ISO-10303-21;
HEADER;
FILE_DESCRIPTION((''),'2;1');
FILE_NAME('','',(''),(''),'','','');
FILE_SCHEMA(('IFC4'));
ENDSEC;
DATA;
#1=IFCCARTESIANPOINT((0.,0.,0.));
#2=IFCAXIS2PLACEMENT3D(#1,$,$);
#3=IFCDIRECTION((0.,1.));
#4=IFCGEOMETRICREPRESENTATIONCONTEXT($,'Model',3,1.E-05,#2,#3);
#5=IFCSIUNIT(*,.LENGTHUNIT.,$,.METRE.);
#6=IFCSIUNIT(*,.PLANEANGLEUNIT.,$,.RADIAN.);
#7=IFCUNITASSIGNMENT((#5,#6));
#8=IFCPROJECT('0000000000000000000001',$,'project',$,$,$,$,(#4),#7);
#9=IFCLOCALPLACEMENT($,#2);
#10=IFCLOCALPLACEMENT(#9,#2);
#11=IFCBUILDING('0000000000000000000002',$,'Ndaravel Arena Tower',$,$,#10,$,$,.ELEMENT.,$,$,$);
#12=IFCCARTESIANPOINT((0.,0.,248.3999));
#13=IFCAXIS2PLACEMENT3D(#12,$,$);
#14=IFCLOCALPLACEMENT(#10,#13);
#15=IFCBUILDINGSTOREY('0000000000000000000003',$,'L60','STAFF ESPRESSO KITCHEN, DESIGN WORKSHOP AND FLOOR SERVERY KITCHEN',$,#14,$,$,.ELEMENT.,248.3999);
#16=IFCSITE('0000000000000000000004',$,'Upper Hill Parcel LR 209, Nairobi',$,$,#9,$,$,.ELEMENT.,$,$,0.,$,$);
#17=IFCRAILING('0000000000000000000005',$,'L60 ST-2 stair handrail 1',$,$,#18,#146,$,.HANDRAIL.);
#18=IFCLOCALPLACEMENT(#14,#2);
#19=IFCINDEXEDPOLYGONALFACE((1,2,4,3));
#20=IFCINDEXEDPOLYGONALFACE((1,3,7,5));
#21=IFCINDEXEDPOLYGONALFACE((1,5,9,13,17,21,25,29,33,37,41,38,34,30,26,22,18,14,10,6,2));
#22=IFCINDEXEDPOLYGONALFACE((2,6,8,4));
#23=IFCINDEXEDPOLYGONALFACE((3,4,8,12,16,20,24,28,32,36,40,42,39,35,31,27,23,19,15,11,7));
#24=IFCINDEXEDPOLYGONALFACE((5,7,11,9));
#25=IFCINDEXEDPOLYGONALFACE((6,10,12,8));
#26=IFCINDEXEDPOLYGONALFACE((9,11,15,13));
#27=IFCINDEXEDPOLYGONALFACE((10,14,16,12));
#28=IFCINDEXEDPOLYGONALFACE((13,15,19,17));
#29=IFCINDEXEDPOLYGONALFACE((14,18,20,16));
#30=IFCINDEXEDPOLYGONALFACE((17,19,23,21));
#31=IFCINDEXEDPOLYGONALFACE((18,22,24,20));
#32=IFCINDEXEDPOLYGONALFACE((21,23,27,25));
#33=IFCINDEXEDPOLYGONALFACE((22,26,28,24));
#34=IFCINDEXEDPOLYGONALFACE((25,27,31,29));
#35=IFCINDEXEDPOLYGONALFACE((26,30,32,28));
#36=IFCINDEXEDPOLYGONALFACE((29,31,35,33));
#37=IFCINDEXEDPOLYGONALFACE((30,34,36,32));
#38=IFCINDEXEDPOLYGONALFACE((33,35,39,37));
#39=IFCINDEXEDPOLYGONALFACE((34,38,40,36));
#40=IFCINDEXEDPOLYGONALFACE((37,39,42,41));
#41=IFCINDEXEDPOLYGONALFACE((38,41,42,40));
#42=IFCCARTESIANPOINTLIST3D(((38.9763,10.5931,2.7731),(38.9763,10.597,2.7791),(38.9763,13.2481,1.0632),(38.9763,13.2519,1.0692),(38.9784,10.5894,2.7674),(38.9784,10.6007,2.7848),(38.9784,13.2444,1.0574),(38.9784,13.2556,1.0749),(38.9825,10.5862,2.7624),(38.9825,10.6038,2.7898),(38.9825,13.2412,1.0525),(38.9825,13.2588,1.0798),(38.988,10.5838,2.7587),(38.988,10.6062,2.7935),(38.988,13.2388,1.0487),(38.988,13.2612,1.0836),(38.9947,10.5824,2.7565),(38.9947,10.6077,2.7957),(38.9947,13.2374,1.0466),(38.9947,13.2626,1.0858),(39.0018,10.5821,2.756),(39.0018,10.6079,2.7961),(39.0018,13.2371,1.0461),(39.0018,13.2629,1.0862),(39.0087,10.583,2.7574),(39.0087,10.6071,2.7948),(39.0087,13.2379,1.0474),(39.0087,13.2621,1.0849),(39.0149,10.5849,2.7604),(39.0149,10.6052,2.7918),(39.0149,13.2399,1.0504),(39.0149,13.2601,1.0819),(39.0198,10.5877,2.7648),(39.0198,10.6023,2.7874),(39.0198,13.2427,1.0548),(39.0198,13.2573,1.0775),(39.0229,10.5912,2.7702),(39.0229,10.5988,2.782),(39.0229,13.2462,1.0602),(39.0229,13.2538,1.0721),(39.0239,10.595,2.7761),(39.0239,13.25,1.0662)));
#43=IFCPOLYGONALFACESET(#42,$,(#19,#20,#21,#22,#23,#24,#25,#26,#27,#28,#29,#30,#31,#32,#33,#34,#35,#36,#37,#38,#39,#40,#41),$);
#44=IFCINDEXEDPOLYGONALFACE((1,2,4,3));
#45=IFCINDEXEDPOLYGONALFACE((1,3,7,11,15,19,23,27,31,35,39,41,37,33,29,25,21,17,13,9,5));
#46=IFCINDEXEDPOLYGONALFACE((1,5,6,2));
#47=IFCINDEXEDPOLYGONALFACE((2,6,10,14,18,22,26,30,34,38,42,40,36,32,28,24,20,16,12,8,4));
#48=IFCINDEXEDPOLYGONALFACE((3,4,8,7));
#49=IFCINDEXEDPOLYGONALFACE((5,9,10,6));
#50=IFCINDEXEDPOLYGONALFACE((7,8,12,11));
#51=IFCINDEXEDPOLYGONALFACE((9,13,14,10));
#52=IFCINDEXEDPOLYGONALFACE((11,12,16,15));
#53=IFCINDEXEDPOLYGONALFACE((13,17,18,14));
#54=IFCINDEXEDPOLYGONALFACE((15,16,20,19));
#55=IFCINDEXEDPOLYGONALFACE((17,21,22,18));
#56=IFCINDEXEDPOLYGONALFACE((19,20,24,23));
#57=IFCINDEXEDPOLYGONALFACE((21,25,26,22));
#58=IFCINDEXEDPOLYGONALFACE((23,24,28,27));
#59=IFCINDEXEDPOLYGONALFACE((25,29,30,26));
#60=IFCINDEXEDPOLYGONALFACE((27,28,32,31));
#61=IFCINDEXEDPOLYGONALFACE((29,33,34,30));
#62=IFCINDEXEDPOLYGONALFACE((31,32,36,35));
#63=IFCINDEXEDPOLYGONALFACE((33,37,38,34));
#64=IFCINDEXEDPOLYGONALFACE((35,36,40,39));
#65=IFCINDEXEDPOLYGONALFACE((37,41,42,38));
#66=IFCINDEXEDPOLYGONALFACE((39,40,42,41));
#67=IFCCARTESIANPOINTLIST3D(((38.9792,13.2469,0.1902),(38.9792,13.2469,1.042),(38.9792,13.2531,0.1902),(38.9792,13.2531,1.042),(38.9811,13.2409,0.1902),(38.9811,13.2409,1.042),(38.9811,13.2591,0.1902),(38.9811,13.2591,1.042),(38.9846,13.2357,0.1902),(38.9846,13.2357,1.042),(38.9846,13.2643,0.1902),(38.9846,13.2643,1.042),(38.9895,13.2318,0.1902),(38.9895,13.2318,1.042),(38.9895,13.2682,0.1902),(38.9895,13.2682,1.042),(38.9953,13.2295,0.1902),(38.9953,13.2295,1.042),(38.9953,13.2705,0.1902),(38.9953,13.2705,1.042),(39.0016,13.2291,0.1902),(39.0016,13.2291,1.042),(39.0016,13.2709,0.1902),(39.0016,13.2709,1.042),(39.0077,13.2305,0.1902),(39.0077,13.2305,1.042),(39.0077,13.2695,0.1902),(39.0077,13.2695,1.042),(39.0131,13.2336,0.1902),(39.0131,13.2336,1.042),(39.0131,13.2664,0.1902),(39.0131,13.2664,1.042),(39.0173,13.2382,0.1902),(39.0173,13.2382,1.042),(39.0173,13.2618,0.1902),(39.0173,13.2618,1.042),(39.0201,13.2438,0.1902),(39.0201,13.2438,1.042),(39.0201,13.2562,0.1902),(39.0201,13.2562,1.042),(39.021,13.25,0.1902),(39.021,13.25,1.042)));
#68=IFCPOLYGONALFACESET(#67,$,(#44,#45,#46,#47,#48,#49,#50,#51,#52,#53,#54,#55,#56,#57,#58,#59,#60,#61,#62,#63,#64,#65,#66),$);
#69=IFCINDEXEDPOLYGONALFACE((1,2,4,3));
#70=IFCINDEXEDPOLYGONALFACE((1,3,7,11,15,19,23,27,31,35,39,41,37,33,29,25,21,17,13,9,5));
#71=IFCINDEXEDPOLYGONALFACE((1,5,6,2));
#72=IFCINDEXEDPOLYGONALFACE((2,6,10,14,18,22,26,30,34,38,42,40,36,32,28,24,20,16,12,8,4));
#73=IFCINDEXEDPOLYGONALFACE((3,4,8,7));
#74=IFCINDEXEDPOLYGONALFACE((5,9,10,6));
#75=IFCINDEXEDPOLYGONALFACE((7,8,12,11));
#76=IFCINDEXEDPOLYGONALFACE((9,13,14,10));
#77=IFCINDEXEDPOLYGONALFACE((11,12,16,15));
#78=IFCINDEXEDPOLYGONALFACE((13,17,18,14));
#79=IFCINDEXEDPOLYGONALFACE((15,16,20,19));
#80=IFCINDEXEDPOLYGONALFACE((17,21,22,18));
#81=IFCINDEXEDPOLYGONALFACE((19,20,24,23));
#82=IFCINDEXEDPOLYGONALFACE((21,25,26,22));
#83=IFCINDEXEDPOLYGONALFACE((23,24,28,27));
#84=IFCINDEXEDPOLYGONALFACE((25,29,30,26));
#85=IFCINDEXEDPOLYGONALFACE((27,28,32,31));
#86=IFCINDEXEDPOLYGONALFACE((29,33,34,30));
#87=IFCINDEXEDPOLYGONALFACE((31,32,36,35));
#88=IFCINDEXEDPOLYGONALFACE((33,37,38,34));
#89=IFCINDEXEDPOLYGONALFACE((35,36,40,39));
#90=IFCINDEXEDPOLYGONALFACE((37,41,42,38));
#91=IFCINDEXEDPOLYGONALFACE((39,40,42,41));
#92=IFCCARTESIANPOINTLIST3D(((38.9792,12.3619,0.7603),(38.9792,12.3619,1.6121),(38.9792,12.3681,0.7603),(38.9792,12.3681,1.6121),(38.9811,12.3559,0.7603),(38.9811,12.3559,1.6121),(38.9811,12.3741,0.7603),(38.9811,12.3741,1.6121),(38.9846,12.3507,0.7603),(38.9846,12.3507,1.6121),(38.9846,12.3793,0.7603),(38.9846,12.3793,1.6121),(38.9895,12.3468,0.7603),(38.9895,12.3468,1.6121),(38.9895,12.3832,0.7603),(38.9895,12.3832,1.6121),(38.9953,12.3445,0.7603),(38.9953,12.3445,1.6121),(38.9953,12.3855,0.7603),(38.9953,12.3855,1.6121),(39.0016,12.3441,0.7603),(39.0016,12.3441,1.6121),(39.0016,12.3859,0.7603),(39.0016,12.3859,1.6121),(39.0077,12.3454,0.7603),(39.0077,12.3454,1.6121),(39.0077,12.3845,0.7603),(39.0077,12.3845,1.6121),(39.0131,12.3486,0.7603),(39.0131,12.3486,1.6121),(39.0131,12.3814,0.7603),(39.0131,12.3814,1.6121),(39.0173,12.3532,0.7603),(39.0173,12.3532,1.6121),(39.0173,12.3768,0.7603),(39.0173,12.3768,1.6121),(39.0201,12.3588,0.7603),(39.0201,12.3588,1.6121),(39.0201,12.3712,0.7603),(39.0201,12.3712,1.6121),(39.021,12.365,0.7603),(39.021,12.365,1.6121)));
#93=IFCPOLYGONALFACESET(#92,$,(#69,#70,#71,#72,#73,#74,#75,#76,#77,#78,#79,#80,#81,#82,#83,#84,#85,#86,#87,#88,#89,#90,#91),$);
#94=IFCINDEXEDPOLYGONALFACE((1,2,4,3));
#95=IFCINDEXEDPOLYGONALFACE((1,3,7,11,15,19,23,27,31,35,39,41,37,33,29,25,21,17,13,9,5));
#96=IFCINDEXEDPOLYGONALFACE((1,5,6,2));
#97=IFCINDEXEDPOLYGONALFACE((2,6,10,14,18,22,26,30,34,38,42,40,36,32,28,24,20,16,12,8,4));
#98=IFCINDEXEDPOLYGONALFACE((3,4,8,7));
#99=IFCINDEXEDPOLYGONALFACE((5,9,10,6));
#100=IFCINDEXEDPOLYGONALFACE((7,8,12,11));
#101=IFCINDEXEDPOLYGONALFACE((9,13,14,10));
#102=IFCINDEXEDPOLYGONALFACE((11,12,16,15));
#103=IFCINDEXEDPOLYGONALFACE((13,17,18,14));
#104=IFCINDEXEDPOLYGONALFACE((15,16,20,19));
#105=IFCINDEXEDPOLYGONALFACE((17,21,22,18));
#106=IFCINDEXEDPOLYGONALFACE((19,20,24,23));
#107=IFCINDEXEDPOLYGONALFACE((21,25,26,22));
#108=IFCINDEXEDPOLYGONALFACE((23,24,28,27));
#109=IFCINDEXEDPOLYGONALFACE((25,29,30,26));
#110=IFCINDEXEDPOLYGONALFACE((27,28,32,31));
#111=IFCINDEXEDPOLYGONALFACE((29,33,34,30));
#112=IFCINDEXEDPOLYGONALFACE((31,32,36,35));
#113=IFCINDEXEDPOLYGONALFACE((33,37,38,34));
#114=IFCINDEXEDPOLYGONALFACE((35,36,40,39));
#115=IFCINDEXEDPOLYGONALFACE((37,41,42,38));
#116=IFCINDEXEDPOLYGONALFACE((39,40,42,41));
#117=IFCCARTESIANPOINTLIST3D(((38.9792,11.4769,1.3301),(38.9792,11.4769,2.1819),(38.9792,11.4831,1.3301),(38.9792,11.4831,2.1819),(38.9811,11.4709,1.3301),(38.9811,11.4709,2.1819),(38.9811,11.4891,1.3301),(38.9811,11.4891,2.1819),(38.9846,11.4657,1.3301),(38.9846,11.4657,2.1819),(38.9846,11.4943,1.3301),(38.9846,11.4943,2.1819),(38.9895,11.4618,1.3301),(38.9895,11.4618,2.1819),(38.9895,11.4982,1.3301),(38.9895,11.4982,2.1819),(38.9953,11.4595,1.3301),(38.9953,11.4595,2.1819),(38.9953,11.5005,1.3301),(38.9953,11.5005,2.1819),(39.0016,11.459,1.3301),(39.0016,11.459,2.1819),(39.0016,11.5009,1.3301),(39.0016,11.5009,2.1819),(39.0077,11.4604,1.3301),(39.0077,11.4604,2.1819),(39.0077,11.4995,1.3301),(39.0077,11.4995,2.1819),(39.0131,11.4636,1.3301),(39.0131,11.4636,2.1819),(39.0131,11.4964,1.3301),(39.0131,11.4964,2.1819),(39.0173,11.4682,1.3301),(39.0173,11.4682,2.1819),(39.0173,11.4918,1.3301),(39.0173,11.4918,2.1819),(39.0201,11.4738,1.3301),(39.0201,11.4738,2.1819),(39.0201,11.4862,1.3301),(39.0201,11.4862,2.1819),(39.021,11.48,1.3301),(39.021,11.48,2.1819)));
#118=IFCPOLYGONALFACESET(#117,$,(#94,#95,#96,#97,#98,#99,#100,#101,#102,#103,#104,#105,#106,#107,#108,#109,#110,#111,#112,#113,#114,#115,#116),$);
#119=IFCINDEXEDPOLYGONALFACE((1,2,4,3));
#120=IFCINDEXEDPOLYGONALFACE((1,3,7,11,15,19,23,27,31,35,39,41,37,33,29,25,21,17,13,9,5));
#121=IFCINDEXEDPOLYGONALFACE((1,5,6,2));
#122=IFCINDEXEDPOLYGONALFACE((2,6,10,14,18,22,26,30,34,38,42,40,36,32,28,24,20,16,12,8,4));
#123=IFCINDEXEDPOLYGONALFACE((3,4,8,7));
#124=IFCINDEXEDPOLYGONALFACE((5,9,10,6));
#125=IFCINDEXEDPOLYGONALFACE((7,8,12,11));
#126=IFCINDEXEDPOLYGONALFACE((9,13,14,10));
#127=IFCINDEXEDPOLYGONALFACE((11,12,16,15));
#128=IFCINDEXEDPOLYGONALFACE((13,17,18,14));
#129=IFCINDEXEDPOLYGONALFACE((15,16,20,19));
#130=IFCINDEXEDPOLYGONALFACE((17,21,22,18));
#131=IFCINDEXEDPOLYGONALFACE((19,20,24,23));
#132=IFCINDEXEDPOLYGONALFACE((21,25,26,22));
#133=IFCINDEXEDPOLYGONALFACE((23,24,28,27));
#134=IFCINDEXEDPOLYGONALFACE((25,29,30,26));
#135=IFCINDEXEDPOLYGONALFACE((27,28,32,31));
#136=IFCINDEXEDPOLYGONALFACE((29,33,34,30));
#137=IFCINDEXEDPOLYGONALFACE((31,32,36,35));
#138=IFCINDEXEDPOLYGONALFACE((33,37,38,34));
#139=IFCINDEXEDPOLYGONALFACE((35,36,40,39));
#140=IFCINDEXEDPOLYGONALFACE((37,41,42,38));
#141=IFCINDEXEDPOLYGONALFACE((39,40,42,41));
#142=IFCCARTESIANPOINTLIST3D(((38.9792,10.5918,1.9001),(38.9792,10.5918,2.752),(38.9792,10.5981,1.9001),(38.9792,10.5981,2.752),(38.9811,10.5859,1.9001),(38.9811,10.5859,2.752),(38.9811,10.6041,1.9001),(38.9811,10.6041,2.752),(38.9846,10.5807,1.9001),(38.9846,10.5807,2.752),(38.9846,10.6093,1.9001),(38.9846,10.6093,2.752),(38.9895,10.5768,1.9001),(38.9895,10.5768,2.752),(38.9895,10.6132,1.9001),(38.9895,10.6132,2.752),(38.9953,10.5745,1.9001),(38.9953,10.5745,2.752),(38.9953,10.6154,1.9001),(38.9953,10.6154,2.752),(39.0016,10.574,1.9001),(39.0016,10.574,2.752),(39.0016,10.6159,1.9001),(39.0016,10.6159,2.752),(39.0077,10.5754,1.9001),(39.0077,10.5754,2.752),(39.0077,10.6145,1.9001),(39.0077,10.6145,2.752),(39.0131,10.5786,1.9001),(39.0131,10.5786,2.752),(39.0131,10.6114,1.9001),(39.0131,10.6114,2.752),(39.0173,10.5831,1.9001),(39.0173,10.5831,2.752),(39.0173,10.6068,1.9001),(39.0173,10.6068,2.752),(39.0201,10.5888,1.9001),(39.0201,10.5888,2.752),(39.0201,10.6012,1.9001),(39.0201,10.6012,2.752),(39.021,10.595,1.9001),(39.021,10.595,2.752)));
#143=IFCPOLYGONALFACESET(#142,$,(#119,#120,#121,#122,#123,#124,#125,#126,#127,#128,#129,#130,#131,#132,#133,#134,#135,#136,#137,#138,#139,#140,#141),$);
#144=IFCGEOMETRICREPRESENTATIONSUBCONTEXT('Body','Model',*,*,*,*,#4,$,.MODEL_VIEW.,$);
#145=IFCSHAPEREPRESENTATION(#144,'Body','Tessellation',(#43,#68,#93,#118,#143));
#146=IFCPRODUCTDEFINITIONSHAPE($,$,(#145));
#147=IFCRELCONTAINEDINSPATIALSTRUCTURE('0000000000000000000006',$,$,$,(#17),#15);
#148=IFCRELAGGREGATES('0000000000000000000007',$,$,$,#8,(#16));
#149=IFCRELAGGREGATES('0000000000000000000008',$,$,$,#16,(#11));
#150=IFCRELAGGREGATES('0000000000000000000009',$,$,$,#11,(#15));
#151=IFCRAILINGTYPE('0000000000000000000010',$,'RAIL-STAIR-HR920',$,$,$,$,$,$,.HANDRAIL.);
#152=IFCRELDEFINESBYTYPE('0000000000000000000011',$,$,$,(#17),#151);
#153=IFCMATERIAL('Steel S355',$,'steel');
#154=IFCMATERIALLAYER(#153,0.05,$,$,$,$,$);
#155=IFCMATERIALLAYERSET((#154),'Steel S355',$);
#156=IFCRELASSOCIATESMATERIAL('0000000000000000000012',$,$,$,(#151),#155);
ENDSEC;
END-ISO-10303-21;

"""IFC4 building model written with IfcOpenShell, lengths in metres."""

from ifc_helpers import new_model, si_unit, direction, frame, origin, origin_2d, place, context, subcontext, project, spatial, circle, extrude, material, layer, layer_set, type_object, element, save


model = new_model("IFC4")

# Units and contexts
model_context = context("Model", 3, precision=1e-05, world=origin(), true_north=direction((0.0, 1.0)))
body_context = subcontext(model_context, "Body", "Model", "MODEL_VIEW")
ifc_project = project(units=[si_unit("LENGTHUNIT", "METRE"), si_unit("PLANEANGLEUNIT", "RADIAN")], contexts=[model_context])

# Site, building, storey
site_placement = place(None, origin())
site = spatial("IfcSite", under=ifc_project, at=site_placement, Name="Upper Hill Parcel LR 209, Nairobi", CompositionType="ELEMENT", RefElevation=0.0)
building_placement = place(site_placement, origin())
building = spatial("IfcBuilding", under=site, at=building_placement, Name="Ndaravel Arena Tower", CompositionType="ELEMENT")
storey_placement = place(building_placement, frame((0.0, 0.0, 248.3999)))
storey = spatial("IfcBuildingStorey", under=building, at=storey_placement, Name="L60", Description="STAFF ESPRESSO KITCHEN, DESIGN WORKSHOP AND FLOOR SERVERY KITCHEN", CompositionType="ELEMENT", Elevation=248.3999)

# Railing
ifc_material_1 = material(Name="Steel S355", Category="steel")
ifc_layer_1 = layer(ifc_material_1, 0.05)
ifc_layer_set_1 = layer_set([ifc_layer_1], Name="Steel S355")
railing_type_1 = type_object("IfcRailingType", Name="RAIL-STAIR-HR920", PredefinedType="HANDRAIL", material=ifc_layer_set_1)
railing_1_placement = place(storey_placement, frame((39.0, 13.25, 0.1902)))
element("IfcRailing", 1, at=railing_1_placement, inside=storey, type_object=railing_type_1, Name="L60 ST-2 stair handrail 1", PredefinedType="HANDRAIL", context=body_context, shape_type="SweptSolid", body=[
    extrude(circle(Radius=0.0239, at=origin_2d()), frame((0.0, 0.0, 0.876), z_axis=(0.0, -0.840724, 0.541465), x_axis=(1.0, 0.0, 0.0)), (0.0, 0.0, 1.0), 3.158),
    extrude(circle(Radius=0.021, at=origin_2d()), origin(), (0.0, 0.0, 1.0), 0.8518),
    extrude(circle(Radius=0.021, at=origin_2d()), frame((0.0, -0.885, 0.5701)), (0.0, 0.0, 1.0), 0.8518),
    extrude(circle(Radius=0.021, at=origin_2d()), frame((0.0, -1.77, 1.1399)), (0.0, 0.0, 1.0), 0.8518),
    extrude(circle(Radius=0.021, at=origin_2d()), frame((0.0, -2.655, 1.71)), (0.0, 0.0, 1.0), 0.8518),
])

save(model, "model.ifc")
